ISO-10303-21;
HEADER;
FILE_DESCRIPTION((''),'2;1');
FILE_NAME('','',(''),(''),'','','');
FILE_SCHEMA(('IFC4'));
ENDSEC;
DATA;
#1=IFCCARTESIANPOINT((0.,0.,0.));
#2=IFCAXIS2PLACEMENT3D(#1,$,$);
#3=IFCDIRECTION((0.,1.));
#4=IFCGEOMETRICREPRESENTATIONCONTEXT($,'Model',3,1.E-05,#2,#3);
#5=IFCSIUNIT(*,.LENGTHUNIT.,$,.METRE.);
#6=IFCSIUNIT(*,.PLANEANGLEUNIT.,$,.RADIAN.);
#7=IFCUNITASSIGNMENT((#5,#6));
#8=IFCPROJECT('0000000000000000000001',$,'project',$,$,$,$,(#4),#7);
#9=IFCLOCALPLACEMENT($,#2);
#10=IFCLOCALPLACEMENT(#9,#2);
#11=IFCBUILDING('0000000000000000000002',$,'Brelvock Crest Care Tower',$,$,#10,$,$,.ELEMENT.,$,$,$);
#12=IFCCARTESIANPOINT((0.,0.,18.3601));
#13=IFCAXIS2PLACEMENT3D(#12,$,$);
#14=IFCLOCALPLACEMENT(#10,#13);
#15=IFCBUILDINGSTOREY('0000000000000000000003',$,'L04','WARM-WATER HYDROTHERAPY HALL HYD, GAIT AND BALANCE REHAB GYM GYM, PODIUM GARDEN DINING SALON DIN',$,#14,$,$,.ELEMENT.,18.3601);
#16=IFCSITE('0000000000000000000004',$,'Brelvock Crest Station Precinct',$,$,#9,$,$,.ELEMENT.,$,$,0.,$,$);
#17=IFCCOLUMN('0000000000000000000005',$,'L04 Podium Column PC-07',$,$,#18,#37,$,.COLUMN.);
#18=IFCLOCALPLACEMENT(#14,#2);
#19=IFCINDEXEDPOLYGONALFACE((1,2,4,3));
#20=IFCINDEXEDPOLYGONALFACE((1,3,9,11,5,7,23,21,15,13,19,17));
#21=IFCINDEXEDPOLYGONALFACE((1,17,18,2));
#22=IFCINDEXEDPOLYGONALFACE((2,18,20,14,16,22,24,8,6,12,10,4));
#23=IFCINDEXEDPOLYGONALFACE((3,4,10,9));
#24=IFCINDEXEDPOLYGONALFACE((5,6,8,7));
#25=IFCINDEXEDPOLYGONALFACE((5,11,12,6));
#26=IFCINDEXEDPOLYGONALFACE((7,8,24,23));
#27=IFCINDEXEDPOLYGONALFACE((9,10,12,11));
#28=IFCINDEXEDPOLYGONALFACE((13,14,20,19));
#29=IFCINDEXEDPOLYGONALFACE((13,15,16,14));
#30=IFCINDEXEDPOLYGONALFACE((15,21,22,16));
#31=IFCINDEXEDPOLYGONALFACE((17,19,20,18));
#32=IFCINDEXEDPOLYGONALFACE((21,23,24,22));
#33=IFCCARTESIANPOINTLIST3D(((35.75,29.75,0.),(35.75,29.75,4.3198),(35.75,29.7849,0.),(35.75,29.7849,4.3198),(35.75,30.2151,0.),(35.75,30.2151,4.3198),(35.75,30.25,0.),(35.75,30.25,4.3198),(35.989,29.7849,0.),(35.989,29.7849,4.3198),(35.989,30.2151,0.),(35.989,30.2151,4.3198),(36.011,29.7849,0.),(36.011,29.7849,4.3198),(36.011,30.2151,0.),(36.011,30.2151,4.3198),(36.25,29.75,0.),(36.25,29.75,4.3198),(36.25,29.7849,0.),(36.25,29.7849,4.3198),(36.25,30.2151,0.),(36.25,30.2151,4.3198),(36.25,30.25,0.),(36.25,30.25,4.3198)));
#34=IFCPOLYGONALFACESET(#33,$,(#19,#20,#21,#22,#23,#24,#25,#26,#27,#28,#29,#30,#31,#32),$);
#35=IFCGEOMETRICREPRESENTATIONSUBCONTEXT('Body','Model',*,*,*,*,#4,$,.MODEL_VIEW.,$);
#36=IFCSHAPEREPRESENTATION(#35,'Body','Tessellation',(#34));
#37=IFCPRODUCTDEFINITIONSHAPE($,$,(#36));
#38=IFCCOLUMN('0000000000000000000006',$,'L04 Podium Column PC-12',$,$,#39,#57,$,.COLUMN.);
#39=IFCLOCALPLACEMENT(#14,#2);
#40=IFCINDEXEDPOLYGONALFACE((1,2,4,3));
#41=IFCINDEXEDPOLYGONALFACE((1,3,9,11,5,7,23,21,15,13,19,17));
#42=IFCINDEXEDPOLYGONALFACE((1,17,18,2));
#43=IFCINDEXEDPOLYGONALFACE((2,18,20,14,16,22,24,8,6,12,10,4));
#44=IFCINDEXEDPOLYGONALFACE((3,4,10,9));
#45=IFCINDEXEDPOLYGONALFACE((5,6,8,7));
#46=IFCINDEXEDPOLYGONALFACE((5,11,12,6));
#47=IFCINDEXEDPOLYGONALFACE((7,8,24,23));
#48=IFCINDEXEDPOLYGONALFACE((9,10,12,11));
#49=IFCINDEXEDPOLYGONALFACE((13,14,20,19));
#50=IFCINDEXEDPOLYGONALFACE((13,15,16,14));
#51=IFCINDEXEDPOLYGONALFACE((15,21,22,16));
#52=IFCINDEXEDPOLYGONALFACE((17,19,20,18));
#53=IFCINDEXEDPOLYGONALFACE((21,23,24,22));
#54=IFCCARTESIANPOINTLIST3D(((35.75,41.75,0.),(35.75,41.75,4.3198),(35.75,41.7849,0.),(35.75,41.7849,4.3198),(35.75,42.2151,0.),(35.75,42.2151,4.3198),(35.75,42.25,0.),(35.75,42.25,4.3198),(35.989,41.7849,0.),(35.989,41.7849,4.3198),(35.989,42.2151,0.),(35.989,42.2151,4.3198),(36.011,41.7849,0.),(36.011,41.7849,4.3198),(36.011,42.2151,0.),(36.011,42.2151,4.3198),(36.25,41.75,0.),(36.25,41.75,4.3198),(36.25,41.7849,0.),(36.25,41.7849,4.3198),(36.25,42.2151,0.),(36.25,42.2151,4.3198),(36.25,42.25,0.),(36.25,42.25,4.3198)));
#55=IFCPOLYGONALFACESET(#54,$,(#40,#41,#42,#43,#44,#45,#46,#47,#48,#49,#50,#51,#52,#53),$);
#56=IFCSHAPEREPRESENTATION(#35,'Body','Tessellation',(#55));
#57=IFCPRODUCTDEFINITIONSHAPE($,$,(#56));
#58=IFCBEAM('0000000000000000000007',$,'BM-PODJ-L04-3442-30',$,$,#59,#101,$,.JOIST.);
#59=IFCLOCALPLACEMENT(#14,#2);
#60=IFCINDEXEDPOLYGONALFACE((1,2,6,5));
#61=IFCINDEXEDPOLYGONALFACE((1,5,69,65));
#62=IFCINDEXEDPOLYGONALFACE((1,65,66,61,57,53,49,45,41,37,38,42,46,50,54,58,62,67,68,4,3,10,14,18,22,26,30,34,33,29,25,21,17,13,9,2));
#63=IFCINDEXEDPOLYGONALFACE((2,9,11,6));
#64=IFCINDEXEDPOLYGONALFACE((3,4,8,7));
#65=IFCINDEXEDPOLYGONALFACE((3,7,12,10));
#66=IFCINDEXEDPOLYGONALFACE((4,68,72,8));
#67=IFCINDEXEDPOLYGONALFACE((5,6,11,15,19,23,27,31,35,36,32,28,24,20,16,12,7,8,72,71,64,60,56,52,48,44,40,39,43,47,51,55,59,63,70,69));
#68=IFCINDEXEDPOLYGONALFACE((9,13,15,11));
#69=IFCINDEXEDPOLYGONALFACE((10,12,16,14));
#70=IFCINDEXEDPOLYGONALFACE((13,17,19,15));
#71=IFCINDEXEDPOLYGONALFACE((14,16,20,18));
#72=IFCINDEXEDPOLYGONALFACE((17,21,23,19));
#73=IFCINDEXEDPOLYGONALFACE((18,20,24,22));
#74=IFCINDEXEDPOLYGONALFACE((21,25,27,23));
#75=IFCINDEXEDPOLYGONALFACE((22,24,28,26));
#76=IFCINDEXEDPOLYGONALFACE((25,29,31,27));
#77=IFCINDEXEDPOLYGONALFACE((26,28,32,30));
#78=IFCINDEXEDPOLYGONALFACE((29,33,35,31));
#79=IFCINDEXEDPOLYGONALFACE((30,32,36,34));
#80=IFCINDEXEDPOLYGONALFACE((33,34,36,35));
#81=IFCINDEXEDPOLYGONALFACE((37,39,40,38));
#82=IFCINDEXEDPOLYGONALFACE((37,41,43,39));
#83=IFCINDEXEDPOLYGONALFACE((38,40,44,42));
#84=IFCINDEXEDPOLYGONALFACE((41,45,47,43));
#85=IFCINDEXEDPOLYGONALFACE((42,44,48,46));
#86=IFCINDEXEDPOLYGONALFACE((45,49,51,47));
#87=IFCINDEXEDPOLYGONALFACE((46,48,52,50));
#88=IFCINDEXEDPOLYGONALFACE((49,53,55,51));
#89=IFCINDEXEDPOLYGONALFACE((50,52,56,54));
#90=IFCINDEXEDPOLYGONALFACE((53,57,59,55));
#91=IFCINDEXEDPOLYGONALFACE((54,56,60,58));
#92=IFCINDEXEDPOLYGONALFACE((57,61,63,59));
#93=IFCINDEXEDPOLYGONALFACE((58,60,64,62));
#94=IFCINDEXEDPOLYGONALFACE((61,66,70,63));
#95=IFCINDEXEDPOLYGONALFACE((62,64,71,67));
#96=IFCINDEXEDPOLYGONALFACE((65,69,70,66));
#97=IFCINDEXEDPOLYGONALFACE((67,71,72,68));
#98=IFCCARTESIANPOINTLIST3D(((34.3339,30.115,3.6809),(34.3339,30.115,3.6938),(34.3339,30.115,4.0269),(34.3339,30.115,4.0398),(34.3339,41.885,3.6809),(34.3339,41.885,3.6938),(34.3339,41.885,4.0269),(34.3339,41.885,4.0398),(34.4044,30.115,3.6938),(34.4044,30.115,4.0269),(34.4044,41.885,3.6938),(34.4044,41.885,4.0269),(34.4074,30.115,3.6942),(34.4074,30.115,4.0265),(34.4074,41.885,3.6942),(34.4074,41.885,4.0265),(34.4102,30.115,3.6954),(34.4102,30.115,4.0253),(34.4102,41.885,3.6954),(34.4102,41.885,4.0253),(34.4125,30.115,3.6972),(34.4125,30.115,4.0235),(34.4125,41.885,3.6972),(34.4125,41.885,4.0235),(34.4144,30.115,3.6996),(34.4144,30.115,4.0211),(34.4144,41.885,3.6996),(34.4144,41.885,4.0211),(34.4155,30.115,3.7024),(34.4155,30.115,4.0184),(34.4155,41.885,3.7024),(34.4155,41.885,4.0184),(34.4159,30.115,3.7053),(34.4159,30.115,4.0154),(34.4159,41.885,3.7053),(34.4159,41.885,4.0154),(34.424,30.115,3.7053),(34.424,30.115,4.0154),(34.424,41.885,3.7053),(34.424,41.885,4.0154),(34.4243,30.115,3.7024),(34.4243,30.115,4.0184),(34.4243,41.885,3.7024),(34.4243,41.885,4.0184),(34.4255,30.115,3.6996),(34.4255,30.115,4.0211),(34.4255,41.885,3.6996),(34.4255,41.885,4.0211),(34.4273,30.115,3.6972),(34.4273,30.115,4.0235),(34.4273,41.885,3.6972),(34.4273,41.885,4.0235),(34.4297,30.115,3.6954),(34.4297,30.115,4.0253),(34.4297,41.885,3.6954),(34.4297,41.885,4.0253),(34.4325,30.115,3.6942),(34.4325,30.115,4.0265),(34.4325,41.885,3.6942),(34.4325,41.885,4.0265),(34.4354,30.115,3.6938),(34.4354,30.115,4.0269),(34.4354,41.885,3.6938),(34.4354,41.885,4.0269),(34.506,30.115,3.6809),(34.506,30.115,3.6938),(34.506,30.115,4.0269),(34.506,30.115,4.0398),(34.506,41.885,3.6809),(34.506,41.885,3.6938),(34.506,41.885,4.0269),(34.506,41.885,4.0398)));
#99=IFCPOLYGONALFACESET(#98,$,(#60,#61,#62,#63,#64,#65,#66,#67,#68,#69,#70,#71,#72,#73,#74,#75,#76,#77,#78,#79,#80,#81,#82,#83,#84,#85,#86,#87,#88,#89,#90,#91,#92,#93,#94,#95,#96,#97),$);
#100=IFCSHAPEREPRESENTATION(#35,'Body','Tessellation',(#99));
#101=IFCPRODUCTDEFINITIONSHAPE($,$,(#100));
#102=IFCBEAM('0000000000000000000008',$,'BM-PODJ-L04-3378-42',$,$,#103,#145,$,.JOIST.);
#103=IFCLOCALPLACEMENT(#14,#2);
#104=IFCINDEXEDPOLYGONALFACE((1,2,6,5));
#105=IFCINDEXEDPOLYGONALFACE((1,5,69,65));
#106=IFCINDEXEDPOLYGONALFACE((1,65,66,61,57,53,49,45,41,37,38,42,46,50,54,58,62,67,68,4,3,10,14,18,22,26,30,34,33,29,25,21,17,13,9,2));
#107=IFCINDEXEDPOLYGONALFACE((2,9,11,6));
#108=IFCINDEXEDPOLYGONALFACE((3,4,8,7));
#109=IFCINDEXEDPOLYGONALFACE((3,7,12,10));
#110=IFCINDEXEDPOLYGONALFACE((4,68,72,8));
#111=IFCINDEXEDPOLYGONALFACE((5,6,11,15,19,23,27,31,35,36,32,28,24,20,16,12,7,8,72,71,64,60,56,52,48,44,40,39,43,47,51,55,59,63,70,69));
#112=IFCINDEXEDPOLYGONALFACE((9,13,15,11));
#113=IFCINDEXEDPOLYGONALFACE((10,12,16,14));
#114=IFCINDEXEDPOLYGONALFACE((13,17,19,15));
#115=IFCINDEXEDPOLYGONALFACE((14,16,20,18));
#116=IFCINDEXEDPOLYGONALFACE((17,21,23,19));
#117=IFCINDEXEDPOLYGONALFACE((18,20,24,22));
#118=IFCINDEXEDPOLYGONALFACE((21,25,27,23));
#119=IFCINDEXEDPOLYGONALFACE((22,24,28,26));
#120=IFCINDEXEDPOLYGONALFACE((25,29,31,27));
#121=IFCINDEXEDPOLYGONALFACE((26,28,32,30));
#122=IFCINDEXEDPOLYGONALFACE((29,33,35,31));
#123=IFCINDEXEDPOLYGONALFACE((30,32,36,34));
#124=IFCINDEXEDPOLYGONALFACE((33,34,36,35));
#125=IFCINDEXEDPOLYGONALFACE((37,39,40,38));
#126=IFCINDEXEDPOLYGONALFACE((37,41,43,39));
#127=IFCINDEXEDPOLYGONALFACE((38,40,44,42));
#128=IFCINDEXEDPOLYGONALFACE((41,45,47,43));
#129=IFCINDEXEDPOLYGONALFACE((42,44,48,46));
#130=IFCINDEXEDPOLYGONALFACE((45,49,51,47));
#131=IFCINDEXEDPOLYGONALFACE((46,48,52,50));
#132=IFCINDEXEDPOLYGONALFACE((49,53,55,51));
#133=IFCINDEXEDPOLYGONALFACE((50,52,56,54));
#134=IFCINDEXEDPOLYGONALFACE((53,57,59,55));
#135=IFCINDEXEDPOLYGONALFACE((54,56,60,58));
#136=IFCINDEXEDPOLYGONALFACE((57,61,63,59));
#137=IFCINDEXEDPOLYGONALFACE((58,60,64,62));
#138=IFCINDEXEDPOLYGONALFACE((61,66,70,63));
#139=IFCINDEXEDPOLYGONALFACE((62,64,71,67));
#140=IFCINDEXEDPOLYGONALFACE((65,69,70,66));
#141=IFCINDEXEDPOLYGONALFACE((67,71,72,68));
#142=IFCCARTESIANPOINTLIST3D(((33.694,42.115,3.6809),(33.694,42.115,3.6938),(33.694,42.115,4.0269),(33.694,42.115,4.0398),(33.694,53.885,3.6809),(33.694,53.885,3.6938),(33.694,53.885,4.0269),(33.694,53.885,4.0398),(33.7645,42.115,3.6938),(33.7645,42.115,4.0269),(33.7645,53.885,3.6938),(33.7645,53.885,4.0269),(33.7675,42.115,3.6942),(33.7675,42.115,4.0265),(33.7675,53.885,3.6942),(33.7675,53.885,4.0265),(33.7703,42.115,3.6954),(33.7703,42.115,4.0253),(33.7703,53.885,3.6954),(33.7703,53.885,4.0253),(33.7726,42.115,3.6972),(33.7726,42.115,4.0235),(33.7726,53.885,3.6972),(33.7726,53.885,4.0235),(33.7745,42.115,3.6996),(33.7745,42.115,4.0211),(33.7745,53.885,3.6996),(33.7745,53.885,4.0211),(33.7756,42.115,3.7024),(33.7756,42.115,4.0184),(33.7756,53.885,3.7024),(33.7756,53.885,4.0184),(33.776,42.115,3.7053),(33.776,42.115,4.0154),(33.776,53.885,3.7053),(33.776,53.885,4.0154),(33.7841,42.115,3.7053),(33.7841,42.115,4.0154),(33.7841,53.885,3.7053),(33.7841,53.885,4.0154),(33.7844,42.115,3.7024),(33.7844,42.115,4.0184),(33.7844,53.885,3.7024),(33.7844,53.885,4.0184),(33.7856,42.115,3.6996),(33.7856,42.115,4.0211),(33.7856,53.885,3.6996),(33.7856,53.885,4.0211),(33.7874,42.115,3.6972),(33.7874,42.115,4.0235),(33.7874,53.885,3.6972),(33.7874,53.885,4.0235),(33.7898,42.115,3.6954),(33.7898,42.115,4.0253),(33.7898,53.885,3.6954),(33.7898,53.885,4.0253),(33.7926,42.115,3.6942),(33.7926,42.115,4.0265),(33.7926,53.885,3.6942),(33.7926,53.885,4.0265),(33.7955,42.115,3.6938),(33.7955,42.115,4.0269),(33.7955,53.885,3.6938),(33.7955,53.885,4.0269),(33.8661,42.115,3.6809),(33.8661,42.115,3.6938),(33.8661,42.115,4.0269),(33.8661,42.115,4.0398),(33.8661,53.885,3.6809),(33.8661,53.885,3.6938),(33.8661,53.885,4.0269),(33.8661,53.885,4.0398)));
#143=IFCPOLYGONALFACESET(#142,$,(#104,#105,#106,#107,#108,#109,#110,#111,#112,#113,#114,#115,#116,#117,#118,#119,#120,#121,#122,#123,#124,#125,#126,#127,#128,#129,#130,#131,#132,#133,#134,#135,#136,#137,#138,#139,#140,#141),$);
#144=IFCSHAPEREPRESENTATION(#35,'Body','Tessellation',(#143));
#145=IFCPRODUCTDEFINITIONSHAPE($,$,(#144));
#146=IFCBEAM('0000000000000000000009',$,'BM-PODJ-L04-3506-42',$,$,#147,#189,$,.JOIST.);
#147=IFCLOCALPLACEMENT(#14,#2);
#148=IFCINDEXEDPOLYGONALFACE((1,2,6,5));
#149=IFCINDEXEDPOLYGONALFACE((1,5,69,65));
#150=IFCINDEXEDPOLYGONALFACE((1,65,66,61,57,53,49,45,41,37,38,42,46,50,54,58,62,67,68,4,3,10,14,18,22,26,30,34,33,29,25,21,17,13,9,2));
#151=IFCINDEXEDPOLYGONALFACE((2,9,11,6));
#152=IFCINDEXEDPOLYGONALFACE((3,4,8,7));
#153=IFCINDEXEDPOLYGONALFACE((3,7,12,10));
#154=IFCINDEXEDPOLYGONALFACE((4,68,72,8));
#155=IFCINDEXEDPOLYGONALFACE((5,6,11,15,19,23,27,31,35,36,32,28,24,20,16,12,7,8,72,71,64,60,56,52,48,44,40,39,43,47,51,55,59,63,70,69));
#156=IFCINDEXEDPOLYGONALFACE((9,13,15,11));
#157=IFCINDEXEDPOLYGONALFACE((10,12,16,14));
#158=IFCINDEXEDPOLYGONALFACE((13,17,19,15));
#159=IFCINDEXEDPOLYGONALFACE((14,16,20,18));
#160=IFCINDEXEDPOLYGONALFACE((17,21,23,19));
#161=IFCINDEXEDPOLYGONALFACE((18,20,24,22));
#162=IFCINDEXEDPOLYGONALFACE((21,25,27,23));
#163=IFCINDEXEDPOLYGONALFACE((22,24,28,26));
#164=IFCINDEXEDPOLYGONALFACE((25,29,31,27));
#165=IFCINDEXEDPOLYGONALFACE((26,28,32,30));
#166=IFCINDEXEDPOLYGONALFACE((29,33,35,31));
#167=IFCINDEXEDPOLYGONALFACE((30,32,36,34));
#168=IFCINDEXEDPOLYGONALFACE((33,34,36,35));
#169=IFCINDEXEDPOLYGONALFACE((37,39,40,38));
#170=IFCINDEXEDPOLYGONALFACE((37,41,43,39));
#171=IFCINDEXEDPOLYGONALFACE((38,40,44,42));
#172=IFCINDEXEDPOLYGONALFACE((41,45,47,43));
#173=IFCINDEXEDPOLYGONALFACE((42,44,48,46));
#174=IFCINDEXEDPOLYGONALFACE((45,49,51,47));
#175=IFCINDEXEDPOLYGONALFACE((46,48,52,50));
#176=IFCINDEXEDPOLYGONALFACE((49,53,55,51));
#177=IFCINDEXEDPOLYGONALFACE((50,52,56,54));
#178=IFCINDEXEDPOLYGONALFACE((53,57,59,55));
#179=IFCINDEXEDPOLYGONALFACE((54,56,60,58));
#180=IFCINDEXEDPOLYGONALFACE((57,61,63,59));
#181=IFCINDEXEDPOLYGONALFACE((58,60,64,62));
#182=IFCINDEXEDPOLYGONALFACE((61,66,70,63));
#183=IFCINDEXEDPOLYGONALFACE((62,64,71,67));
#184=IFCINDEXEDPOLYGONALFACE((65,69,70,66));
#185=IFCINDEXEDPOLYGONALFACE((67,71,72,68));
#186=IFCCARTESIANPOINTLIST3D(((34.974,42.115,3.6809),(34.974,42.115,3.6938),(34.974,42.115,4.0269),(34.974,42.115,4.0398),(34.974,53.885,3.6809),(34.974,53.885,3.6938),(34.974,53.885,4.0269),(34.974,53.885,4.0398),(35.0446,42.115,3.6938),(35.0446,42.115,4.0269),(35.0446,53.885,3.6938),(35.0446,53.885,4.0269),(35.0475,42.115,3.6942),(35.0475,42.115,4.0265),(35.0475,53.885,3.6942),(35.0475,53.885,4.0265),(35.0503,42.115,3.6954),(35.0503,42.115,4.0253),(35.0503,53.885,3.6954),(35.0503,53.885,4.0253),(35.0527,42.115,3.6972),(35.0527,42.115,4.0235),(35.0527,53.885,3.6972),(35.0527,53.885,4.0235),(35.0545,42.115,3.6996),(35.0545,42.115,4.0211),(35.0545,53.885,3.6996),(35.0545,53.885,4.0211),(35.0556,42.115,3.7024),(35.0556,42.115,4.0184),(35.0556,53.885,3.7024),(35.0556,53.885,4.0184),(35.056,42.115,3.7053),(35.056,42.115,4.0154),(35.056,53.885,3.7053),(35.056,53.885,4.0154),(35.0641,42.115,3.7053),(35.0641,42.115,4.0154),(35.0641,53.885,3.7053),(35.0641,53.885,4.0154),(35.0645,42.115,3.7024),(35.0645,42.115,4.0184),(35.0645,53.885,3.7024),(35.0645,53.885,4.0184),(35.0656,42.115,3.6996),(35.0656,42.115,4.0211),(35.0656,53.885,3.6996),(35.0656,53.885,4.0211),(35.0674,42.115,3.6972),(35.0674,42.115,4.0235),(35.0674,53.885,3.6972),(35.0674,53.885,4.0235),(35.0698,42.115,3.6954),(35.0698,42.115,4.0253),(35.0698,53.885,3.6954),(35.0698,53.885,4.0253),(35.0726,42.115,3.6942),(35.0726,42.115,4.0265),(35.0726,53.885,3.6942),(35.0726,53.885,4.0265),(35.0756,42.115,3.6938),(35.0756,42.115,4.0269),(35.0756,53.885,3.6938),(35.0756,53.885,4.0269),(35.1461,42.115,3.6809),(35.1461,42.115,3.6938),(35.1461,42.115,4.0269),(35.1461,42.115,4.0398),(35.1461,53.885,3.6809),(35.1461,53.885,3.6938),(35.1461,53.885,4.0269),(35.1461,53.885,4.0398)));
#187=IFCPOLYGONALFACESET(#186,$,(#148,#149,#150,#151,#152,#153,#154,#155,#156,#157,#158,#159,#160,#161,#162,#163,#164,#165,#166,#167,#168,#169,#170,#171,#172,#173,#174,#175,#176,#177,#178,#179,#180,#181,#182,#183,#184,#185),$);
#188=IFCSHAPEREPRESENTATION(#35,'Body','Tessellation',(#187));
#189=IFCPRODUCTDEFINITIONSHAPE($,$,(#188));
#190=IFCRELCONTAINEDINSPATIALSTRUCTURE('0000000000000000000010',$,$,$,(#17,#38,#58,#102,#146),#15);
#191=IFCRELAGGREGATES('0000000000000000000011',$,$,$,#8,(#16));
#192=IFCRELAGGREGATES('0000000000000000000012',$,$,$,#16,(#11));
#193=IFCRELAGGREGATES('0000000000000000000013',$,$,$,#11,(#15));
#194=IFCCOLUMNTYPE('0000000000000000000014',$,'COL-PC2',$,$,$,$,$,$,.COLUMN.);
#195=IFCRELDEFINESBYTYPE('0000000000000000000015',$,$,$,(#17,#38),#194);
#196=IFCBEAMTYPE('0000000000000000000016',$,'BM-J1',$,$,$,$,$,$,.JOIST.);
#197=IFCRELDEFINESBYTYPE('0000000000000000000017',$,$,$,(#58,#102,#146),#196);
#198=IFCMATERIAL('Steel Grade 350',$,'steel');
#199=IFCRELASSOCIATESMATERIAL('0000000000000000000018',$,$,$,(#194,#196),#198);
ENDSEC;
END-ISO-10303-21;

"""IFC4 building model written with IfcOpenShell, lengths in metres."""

from ifc_helpers import new_model, si_unit, direction, frame, origin, origin_2d, place, context, subcontext, project, spatial, i_section, extrude, source, transform, mapped, material, material_profile, profile_set, type_object, element, save


model = new_model("IFC4")

# Units and contexts
model_context = context("Model", 3, precision=1e-05, world=origin(), true_north=direction((0.0, 1.0)))
body_context = subcontext(model_context, "Body", "Model", "MODEL_VIEW")
ifc_project = project(units=[si_unit("LENGTHUNIT", "METRE"), si_unit("PLANEANGLEUNIT", "RADIAN")], contexts=[model_context])

# Site, building, storey
site_placement = place(None, origin())
site = spatial("IfcSite", under=ifc_project, at=site_placement, Name="Brelvock Crest Station Precinct", CompositionType="ELEMENT", RefElevation=0.0)
building_placement = place(site_placement, origin())
building = spatial("IfcBuilding", under=site, at=building_placement, Name="Brelvock Crest Care Tower", CompositionType="ELEMENT")
storey_placement = place(building_placement, frame((0.0, 0.0, 18.3601)))
storey = spatial("IfcBuildingStorey", under=building, at=storey_placement, Name="L04", Description="WARM-WATER HYDROTHERAPY HALL HYD, GAIT AND BALANCE REHAB GYM GYM, PODIUM GARDEN DINING SALON DIN", CompositionType="ELEMENT", Elevation=18.3601)

# Columns
ifc_material_1 = material(Name="Steel Grade 350", Category="steel")
ifc_material_profile_1 = material_profile(ifc_material_1, i_section(OverallWidth=0.5, OverallDepth=0.5, WebThickness=0.022, FlangeThickness=0.0349, at=origin_2d()), Name="500WC340")
ifc_profile_set_1 = profile_set([ifc_material_profile_1], Name="Steel Grade 350")
column_type = type_object("IfcColumnType", Name="COL-PC2", PredefinedType="COLUMN", material=ifc_profile_set_1)
shared_shape_1 = source(origin(), body_context, "Body", "SweptSolid", [
    extrude(i_section(OverallWidth=0.5, OverallDepth=0.5, WebThickness=0.022, FlangeThickness=0.0349, at=origin_2d()), origin(), (0.0, 0.0, 1.0), 4.3198),
])
for number, where, z_axis, x_axis, name in (
    (1, (36.0, 30.0, 0.0), (0.0, 0.0, 1.0), (1.0, 0.0, 0.0), "L04 Podium Column PC-07"),
    (2, (36.0, 42.0, 0.0), (0.0, 0.0, 1.0), (1.0, 0.0, 0.0), "L04 Podium Column PC-12"),
):
    element("IfcColumn", number, at=place(storey_placement, frame(where, z_axis=z_axis, x_axis=x_axis)), inside=storey, type_object=column_type, Name=name, PredefinedType="COLUMN", context=body_context, shape_type="MappedRepresentation", body=[
        mapped(shared_shape_1, transform((0.0, 0.0, 0.0), x_axis=(1.0, 0.0, 0.0), y_axis=(0.0, 1.0, 0.0), z_axis=(0.0, 0.0, 1.0), scale=1.0)),
    ])

# Beams
ifc_material_profile_2 = material_profile(ifc_material_1, i_section(OverallWidth=0.1721, OverallDepth=0.3589, WebThickness=0.0081, FlangeThickness=0.0129, FilletRadius=0.0115, at=origin_2d()), Name="360UB56.7")
ifc_profile_set_2 = profile_set([ifc_material_profile_2], Name="Steel Grade 350")
beam_type_1 = type_object("IfcBeamType", Name="BM-J1", PredefinedType="JOIST", material=ifc_profile_set_2)
shared_shape_2 = source(origin(), body_context, "Body", "SweptSolid", [
    extrude(i_section(OverallWidth=0.1721, OverallDepth=0.3589, WebThickness=0.0081, FlangeThickness=0.0129, FilletRadius=0.0115, at=origin_2d()), origin(), (0.0, 0.0, 1.0), 11.77),
])
for number, where, z_axis, x_axis, name in (
    (3, (34.4199, 30.115, 3.8604), (0.0, 1.0, 0.0), (-1.0, 0.0, 0.0), "BM-PODJ-L04-3442-30"),
    (4, (33.78, 42.115, 3.8604), (0.0, 1.0, 0.0), (-1.0, 0.0, 0.0), "BM-PODJ-L04-3378-42"),
    (5, (35.0601, 42.115, 3.8604), (0.0, 1.0, 0.0), (-1.0, 0.0, 0.0), "BM-PODJ-L04-3506-42"),
):
    element("IfcBeam", number, at=place(storey_placement, frame(where, z_axis=z_axis, x_axis=x_axis)), inside=storey, type_object=beam_type_1, Name=name, PredefinedType="JOIST", context=body_context, shape_type="MappedRepresentation", body=[
        mapped(shared_shape_2, transform((0.0, 0.0, 0.0), x_axis=(1.0, 0.0, 0.0), y_axis=(0.0, 1.0, 0.0), z_axis=(0.0, 0.0, 1.0), scale=1.0)),
    ])

save(model, "model.ifc")
